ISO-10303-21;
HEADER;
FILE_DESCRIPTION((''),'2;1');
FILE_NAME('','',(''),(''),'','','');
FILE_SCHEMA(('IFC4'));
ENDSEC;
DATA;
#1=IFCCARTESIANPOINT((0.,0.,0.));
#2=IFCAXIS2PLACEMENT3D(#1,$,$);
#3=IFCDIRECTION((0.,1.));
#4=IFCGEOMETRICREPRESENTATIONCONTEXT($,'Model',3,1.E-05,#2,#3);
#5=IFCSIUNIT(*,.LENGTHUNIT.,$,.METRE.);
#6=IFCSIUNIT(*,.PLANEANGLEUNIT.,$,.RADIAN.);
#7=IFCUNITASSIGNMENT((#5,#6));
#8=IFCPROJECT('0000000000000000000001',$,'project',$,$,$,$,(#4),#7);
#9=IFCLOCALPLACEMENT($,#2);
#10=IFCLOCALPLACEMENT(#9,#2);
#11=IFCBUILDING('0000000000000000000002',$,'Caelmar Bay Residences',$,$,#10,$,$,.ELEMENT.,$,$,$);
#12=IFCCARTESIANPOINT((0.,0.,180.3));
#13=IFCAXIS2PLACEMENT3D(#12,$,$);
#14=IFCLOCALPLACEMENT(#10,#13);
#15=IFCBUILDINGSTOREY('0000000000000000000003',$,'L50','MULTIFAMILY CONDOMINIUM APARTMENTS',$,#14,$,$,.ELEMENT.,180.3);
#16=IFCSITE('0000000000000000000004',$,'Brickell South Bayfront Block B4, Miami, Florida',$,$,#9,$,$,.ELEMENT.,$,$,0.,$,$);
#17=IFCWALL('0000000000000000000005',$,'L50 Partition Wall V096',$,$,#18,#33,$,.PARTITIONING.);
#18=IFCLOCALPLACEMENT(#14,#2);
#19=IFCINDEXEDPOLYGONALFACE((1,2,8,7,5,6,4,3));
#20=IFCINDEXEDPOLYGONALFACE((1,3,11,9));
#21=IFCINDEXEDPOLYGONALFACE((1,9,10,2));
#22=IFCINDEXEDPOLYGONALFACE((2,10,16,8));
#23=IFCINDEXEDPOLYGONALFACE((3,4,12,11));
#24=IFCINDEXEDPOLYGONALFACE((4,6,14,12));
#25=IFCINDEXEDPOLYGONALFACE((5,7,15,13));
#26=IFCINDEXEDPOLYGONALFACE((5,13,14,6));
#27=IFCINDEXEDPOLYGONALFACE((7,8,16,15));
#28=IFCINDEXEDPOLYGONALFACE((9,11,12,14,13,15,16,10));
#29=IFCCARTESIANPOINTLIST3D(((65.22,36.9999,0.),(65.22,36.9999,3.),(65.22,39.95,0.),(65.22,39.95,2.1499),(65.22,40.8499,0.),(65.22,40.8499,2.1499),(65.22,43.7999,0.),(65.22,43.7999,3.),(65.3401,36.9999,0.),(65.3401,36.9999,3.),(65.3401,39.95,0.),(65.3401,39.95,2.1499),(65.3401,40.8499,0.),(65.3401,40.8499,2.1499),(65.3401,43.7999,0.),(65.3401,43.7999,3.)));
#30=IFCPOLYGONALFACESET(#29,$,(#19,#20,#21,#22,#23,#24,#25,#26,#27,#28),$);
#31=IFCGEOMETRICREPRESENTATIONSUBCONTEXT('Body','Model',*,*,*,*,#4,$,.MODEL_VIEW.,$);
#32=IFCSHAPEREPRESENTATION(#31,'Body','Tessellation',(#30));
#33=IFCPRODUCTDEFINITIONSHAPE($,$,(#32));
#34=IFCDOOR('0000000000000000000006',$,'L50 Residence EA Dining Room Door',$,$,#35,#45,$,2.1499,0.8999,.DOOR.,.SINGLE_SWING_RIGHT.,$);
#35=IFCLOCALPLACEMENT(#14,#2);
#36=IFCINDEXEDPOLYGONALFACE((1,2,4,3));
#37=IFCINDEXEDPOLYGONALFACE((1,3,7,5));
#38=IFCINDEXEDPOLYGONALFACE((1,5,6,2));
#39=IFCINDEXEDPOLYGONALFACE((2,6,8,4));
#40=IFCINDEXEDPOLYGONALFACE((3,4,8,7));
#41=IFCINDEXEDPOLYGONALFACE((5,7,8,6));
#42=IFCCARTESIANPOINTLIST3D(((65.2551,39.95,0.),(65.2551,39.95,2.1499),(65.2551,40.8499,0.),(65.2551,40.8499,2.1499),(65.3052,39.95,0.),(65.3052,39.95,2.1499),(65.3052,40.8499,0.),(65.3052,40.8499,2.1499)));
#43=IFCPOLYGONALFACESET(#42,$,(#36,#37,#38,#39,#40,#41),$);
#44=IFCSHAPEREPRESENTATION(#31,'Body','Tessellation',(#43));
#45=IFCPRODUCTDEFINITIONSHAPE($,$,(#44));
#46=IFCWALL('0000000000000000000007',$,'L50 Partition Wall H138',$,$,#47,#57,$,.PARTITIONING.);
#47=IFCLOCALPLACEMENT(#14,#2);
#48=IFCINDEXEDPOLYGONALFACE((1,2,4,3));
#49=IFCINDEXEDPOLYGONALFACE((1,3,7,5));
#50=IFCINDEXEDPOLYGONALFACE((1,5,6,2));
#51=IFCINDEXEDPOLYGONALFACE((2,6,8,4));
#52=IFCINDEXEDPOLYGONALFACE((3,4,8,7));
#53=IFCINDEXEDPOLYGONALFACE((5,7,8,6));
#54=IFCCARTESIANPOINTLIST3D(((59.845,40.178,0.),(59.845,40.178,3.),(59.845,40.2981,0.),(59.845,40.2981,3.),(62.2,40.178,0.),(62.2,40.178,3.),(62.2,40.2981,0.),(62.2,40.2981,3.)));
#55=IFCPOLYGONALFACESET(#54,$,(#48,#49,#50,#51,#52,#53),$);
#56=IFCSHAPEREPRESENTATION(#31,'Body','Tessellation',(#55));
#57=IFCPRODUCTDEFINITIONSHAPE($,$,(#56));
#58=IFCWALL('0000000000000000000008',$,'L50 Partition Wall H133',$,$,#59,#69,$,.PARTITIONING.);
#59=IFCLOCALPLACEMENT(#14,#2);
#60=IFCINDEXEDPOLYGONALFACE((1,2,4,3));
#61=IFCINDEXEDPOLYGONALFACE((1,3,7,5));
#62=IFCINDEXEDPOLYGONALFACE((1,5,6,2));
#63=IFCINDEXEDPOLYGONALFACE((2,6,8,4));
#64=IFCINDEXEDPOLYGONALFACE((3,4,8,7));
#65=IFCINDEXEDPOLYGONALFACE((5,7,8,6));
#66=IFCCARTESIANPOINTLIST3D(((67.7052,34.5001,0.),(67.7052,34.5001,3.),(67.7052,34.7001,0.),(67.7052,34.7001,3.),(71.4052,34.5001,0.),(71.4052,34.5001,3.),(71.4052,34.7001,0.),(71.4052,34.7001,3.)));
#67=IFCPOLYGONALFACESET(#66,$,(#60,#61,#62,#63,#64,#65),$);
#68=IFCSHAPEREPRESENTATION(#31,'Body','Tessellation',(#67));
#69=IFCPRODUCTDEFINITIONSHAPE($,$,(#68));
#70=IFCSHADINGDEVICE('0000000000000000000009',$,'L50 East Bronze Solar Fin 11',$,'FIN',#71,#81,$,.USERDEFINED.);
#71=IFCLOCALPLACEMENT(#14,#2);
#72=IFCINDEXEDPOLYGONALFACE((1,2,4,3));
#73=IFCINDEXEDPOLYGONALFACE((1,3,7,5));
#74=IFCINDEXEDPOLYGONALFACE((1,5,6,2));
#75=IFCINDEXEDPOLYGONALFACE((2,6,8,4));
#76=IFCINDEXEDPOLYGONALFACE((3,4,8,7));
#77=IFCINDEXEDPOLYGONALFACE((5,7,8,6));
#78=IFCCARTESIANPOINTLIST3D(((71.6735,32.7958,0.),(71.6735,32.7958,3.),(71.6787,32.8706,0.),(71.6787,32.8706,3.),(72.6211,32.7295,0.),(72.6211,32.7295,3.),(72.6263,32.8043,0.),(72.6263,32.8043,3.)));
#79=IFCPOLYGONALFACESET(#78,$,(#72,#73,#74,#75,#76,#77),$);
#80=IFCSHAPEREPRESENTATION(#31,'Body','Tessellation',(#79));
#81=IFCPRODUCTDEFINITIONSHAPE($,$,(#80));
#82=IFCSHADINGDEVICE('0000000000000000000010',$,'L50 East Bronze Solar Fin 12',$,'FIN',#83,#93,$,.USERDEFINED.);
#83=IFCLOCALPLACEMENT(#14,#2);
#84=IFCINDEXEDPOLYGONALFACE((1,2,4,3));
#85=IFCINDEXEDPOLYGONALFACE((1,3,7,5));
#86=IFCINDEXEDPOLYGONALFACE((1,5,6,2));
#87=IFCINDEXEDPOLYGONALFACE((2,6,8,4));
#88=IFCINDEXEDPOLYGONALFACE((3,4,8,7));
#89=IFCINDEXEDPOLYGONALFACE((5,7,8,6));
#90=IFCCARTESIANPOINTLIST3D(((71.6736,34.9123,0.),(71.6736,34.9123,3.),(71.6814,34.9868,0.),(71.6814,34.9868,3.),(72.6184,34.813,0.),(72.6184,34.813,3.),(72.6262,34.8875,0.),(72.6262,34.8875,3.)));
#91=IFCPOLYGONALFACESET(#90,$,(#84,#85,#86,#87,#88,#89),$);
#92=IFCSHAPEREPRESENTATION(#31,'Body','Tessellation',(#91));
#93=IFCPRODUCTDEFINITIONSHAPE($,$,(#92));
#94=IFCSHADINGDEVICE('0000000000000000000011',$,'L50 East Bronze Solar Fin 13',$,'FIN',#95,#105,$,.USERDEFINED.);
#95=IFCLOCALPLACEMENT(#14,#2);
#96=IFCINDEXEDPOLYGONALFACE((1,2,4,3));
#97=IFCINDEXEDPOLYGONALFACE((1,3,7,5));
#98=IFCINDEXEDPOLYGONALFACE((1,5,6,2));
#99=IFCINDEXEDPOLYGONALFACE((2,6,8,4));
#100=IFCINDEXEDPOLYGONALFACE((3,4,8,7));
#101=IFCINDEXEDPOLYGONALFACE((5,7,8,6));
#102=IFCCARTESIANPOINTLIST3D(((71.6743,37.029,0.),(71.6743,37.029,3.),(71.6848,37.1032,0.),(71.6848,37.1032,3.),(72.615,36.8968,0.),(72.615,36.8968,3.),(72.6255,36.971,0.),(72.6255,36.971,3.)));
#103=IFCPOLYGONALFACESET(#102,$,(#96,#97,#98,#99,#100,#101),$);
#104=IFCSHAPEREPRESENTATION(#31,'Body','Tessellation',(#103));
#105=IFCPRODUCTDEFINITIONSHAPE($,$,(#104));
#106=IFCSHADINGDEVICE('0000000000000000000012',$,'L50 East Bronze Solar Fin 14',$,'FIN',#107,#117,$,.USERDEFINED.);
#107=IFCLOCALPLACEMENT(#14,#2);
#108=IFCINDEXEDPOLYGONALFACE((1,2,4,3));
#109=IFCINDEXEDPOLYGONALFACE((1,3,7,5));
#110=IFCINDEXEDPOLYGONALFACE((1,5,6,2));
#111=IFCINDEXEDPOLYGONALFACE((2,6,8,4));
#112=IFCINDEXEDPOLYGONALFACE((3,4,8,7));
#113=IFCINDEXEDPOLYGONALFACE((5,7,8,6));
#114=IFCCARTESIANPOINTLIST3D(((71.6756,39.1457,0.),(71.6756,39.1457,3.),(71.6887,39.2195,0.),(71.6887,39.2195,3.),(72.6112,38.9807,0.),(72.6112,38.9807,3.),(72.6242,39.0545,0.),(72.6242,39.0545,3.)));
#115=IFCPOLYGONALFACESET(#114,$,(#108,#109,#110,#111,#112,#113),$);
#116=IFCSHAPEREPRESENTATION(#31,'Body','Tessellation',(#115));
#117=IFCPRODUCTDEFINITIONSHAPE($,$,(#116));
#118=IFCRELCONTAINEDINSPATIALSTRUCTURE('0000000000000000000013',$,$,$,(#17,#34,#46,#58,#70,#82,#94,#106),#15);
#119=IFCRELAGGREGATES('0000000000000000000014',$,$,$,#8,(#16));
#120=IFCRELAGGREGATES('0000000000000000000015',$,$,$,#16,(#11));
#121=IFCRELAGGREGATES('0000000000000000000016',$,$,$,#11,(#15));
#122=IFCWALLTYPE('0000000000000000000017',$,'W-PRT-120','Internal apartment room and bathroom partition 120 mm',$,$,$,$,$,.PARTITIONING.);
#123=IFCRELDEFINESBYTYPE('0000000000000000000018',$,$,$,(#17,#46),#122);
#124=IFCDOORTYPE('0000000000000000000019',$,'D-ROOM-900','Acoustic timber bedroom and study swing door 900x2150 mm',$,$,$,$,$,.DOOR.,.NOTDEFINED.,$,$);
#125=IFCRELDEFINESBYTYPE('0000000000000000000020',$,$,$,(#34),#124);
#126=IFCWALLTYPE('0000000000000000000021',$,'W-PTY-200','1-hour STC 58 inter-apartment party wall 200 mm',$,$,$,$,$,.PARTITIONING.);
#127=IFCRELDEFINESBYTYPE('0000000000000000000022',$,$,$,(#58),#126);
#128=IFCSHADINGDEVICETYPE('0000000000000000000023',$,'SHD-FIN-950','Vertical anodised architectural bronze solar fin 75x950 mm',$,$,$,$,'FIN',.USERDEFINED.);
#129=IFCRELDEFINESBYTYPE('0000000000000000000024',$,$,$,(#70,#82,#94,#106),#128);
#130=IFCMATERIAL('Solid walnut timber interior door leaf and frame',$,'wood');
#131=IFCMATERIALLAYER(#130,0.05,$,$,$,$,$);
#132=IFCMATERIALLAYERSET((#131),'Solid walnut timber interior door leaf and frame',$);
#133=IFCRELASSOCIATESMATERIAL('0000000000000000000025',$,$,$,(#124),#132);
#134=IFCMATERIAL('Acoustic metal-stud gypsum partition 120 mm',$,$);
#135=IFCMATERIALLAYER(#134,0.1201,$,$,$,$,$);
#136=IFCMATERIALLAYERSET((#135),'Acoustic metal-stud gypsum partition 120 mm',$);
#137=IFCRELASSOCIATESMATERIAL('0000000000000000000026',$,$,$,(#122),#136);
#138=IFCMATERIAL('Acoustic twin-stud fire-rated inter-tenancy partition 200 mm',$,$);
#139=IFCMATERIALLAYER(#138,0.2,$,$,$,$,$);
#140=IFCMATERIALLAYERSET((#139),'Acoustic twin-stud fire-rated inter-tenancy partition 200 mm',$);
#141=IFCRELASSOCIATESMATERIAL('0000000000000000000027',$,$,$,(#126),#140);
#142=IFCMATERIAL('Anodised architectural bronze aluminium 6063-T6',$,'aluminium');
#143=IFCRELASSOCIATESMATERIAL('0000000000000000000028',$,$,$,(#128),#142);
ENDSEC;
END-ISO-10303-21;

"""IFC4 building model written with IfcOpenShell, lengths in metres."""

from ifc_helpers import new_model, si_unit, direction, frame, frame_2d, origin, origin_2d, place, context, subcontext, project, spatial, rectangle, extrude, material, layer, layer_set, material_profile, profile_set, type_object, element, fill, save


model = new_model("IFC4")

# Units and contexts
model_context = context("Model", 3, precision=1e-05, world=origin(), true_north=direction((0.0, 1.0)))
body_context = subcontext(model_context, "Body", "Model", "MODEL_VIEW")
ifc_project = project(units=[si_unit("LENGTHUNIT", "METRE"), si_unit("PLANEANGLEUNIT", "RADIAN")], contexts=[model_context])

# Site, building, storey
site_placement = place(None, origin())
site = spatial("IfcSite", under=ifc_project, at=site_placement, Name="Brickell South Bayfront Block B4, Miami, Florida", CompositionType="ELEMENT", RefElevation=0.0)
building_placement = place(site_placement, origin())
building = spatial("IfcBuilding", under=site, at=building_placement, Name="Caelmar Bay Residences", CompositionType="ELEMENT")
storey_placement = place(building_placement, frame((0.0, 0.0, 180.3)))
storey = spatial("IfcBuildingStorey", under=building, at=storey_placement, Name="L50", Description="MULTIFAMILY CONDOMINIUM APARTMENTS", CompositionType="ELEMENT", Elevation=180.3)

# Wall, opening, door
ifc_material_1 = material(Name="Solid walnut timber interior door leaf and frame", Category="wood")
ifc_layer_1 = layer(ifc_material_1, 0.05)
ifc_layer_set_1 = layer_set([ifc_layer_1], Name="Solid walnut timber interior door leaf and frame")
door_type_1 = type_object("IfcDoorType", Name="D-ROOM-900", Description="Acoustic timber bedroom and study swing door 900x2150 mm", OperationType="NOTDEFINED", PredefinedType="DOOR", material=ifc_layer_set_1)
ifc_material_2 = material(Name="Acoustic metal-stud gypsum partition 120 mm")
ifc_layer_2 = layer(ifc_material_2, 0.1201)
ifc_layer_set_2 = layer_set([ifc_layer_2], Name="Acoustic metal-stud gypsum partition 120 mm")
wall_type_1 = type_object("IfcWallType", Name="W-PRT-120", Description="Internal apartment room and bathroom partition 120 mm", PredefinedType="PARTITIONING", material=ifc_layer_set_2)
wall_1_placement = place(storey_placement, frame((65.28, 37.0, 0.0), z_axis=(0.0, 0.0, 1.0), x_axis=(0.0, 1.0, 0.0)))
wall_1 = element("IfcWall", 1, at=wall_1_placement, inside=storey, type_object=wall_type_1, Name="L50 Partition Wall V096", PredefinedType="PARTITIONING", context=body_context, shape_type="SweptSolid", body=[
    extrude(rectangle(XDim=6.8, YDim=0.1201, at=frame_2d((3.3999, 0.0))), origin(), (0.0, 0.0, 1.0), 3.0),
])
opening_1_placement = place(wall_1_placement, frame((2.95, 0.0, 0.0)))
opening_1 = element("IfcOpeningElement", 2, at=opening_1_placement, cuts=wall_1, PredefinedType="OPENING", context=body_context, shape_type="SweptSolid", body=[
    extrude(rectangle(XDim=0.8999, YDim=2.1499, at=frame_2d((0.45, 1.075))), frame((0.0, 0.0701, 0.0), z_axis=(0.0, -1.0, 0.0), x_axis=(1.0, 0.0, 0.0)), (0.0, 0.0, 1.0), 0.1401),
])
door_1_placement = place(opening_1_placement, origin())
door_1 = element("IfcDoor", 3, at=door_1_placement, inside=storey, type_object=door_type_1, Name="L50 Residence EA Dining Room Door", OperationType="SINGLE_SWING_RIGHT", OverallHeight=2.1499, OverallWidth=0.8999, PredefinedType="DOOR", context=body_context, shape_type="SweptSolid", body=[
    extrude(rectangle(XDim=0.8999, YDim=2.1499, at=frame_2d((0.45, 1.075))), frame((0.0, 0.0249, 0.0), z_axis=(0.0, -1.0, 0.0), x_axis=(1.0, 0.0, 0.0)), (0.0, 0.0, 1.0), 0.05),
])
fill(opening_1, door_1)

# Walls
wall_2_placement = place(storey_placement, frame((59.845, 40.238, 0.0), z_axis=(0.0, 0.0, 1.0), x_axis=(1.0, 0.0, 0.0)))
element("IfcWall", 4, at=wall_2_placement, inside=storey, type_object=wall_type_1, Name="L50 Partition Wall H138", PredefinedType="PARTITIONING", context=body_context, shape_type="SweptSolid", body=[
    extrude(rectangle(XDim=2.355, YDim=0.1201, at=frame_2d((1.1775, 0.0))), origin(), (0.0, 0.0, 1.0), 3.0),
])
ifc_material_3 = material(Name="Acoustic twin-stud fire-rated inter-tenancy partition 200 mm")
ifc_layer_3 = layer(ifc_material_3, 0.2)
ifc_layer_set_3 = layer_set([ifc_layer_3], Name="Acoustic twin-stud fire-rated inter-tenancy partition 200 mm")
wall_type_2 = type_object("IfcWallType", Name="W-PTY-200", Description="1-hour STC 58 inter-apartment party wall 200 mm", PredefinedType="PARTITIONING", material=ifc_layer_set_3)
wall_3_placement = place(storey_placement, frame((67.7051, 34.6001, 0.0), z_axis=(0.0, 0.0, 1.0), x_axis=(1.0, 0.0, 0.0)))
element("IfcWall", 5, at=wall_3_placement, inside=storey, type_object=wall_type_2, Name="L50 Partition Wall H133", PredefinedType="PARTITIONING", context=body_context, shape_type="SweptSolid", body=[
    extrude(rectangle(XDim=3.7, YDim=0.2, at=frame_2d((1.8501, 0.0))), origin(), (0.0, 0.0, 1.0), 3.0),
])

# Shading devices
ifc_material_4 = material(Name="Anodised architectural bronze aluminium 6063-T6", Category="aluminium")
ifc_material_profile = material_profile(ifc_material_4, rectangle(XDim=0.075, YDim=0.95, at=origin_2d()), Name="BRONZE-FIN-75X950")
ifc_profile_set = profile_set([ifc_material_profile], Name="Anodised architectural bronze aluminium 6063-T6")
shading_device_type = type_object("IfcShadingDeviceType", Name="SHD-FIN-950", Description="Vertical anodised architectural bronze solar fin 75x950 mm", ElementType="FIN", PredefinedType="USERDEFINED", material=ifc_profile_set)
for number, where, z_axis, x_axis, name in (
    (6, (72.1499, 32.8, 0.0), (0.0, 0.0, 1.0), (0.069756, 0.997564, 0.0), "L50 East Bronze Solar Fin 11"),
    (7, (72.1499, 34.8999, 0.0), (0.0, 0.0, 1.0), (0.104528, 0.994522, 0.0), "L50 East Bronze Solar Fin 12"),
    (8, (72.1499, 37.0, 0.0), (0.0, 0.0, 1.0), (0.139173, 0.990268, 0.0), "L50 East Bronze Solar Fin 13"),
    (9, (72.1499, 39.1001, 0.0), (0.0, 0.0, 1.0), (0.173648, 0.984808, 0.0), "L50 East Bronze Solar Fin 14"),
):
    element("IfcShadingDevice", number, at=place(storey_placement, frame(where, z_axis=z_axis, x_axis=x_axis)), inside=storey, type_object=shading_device_type, Name=name, ObjectType="FIN", PredefinedType="USERDEFINED", context=body_context, shape_type="SweptSolid", body=[
        extrude(rectangle(XDim=0.075, YDim=0.95, at=origin_2d()), origin(), (0.0, 0.0, 1.0), 3.0),
    ])

save(model, "model.ifc")
